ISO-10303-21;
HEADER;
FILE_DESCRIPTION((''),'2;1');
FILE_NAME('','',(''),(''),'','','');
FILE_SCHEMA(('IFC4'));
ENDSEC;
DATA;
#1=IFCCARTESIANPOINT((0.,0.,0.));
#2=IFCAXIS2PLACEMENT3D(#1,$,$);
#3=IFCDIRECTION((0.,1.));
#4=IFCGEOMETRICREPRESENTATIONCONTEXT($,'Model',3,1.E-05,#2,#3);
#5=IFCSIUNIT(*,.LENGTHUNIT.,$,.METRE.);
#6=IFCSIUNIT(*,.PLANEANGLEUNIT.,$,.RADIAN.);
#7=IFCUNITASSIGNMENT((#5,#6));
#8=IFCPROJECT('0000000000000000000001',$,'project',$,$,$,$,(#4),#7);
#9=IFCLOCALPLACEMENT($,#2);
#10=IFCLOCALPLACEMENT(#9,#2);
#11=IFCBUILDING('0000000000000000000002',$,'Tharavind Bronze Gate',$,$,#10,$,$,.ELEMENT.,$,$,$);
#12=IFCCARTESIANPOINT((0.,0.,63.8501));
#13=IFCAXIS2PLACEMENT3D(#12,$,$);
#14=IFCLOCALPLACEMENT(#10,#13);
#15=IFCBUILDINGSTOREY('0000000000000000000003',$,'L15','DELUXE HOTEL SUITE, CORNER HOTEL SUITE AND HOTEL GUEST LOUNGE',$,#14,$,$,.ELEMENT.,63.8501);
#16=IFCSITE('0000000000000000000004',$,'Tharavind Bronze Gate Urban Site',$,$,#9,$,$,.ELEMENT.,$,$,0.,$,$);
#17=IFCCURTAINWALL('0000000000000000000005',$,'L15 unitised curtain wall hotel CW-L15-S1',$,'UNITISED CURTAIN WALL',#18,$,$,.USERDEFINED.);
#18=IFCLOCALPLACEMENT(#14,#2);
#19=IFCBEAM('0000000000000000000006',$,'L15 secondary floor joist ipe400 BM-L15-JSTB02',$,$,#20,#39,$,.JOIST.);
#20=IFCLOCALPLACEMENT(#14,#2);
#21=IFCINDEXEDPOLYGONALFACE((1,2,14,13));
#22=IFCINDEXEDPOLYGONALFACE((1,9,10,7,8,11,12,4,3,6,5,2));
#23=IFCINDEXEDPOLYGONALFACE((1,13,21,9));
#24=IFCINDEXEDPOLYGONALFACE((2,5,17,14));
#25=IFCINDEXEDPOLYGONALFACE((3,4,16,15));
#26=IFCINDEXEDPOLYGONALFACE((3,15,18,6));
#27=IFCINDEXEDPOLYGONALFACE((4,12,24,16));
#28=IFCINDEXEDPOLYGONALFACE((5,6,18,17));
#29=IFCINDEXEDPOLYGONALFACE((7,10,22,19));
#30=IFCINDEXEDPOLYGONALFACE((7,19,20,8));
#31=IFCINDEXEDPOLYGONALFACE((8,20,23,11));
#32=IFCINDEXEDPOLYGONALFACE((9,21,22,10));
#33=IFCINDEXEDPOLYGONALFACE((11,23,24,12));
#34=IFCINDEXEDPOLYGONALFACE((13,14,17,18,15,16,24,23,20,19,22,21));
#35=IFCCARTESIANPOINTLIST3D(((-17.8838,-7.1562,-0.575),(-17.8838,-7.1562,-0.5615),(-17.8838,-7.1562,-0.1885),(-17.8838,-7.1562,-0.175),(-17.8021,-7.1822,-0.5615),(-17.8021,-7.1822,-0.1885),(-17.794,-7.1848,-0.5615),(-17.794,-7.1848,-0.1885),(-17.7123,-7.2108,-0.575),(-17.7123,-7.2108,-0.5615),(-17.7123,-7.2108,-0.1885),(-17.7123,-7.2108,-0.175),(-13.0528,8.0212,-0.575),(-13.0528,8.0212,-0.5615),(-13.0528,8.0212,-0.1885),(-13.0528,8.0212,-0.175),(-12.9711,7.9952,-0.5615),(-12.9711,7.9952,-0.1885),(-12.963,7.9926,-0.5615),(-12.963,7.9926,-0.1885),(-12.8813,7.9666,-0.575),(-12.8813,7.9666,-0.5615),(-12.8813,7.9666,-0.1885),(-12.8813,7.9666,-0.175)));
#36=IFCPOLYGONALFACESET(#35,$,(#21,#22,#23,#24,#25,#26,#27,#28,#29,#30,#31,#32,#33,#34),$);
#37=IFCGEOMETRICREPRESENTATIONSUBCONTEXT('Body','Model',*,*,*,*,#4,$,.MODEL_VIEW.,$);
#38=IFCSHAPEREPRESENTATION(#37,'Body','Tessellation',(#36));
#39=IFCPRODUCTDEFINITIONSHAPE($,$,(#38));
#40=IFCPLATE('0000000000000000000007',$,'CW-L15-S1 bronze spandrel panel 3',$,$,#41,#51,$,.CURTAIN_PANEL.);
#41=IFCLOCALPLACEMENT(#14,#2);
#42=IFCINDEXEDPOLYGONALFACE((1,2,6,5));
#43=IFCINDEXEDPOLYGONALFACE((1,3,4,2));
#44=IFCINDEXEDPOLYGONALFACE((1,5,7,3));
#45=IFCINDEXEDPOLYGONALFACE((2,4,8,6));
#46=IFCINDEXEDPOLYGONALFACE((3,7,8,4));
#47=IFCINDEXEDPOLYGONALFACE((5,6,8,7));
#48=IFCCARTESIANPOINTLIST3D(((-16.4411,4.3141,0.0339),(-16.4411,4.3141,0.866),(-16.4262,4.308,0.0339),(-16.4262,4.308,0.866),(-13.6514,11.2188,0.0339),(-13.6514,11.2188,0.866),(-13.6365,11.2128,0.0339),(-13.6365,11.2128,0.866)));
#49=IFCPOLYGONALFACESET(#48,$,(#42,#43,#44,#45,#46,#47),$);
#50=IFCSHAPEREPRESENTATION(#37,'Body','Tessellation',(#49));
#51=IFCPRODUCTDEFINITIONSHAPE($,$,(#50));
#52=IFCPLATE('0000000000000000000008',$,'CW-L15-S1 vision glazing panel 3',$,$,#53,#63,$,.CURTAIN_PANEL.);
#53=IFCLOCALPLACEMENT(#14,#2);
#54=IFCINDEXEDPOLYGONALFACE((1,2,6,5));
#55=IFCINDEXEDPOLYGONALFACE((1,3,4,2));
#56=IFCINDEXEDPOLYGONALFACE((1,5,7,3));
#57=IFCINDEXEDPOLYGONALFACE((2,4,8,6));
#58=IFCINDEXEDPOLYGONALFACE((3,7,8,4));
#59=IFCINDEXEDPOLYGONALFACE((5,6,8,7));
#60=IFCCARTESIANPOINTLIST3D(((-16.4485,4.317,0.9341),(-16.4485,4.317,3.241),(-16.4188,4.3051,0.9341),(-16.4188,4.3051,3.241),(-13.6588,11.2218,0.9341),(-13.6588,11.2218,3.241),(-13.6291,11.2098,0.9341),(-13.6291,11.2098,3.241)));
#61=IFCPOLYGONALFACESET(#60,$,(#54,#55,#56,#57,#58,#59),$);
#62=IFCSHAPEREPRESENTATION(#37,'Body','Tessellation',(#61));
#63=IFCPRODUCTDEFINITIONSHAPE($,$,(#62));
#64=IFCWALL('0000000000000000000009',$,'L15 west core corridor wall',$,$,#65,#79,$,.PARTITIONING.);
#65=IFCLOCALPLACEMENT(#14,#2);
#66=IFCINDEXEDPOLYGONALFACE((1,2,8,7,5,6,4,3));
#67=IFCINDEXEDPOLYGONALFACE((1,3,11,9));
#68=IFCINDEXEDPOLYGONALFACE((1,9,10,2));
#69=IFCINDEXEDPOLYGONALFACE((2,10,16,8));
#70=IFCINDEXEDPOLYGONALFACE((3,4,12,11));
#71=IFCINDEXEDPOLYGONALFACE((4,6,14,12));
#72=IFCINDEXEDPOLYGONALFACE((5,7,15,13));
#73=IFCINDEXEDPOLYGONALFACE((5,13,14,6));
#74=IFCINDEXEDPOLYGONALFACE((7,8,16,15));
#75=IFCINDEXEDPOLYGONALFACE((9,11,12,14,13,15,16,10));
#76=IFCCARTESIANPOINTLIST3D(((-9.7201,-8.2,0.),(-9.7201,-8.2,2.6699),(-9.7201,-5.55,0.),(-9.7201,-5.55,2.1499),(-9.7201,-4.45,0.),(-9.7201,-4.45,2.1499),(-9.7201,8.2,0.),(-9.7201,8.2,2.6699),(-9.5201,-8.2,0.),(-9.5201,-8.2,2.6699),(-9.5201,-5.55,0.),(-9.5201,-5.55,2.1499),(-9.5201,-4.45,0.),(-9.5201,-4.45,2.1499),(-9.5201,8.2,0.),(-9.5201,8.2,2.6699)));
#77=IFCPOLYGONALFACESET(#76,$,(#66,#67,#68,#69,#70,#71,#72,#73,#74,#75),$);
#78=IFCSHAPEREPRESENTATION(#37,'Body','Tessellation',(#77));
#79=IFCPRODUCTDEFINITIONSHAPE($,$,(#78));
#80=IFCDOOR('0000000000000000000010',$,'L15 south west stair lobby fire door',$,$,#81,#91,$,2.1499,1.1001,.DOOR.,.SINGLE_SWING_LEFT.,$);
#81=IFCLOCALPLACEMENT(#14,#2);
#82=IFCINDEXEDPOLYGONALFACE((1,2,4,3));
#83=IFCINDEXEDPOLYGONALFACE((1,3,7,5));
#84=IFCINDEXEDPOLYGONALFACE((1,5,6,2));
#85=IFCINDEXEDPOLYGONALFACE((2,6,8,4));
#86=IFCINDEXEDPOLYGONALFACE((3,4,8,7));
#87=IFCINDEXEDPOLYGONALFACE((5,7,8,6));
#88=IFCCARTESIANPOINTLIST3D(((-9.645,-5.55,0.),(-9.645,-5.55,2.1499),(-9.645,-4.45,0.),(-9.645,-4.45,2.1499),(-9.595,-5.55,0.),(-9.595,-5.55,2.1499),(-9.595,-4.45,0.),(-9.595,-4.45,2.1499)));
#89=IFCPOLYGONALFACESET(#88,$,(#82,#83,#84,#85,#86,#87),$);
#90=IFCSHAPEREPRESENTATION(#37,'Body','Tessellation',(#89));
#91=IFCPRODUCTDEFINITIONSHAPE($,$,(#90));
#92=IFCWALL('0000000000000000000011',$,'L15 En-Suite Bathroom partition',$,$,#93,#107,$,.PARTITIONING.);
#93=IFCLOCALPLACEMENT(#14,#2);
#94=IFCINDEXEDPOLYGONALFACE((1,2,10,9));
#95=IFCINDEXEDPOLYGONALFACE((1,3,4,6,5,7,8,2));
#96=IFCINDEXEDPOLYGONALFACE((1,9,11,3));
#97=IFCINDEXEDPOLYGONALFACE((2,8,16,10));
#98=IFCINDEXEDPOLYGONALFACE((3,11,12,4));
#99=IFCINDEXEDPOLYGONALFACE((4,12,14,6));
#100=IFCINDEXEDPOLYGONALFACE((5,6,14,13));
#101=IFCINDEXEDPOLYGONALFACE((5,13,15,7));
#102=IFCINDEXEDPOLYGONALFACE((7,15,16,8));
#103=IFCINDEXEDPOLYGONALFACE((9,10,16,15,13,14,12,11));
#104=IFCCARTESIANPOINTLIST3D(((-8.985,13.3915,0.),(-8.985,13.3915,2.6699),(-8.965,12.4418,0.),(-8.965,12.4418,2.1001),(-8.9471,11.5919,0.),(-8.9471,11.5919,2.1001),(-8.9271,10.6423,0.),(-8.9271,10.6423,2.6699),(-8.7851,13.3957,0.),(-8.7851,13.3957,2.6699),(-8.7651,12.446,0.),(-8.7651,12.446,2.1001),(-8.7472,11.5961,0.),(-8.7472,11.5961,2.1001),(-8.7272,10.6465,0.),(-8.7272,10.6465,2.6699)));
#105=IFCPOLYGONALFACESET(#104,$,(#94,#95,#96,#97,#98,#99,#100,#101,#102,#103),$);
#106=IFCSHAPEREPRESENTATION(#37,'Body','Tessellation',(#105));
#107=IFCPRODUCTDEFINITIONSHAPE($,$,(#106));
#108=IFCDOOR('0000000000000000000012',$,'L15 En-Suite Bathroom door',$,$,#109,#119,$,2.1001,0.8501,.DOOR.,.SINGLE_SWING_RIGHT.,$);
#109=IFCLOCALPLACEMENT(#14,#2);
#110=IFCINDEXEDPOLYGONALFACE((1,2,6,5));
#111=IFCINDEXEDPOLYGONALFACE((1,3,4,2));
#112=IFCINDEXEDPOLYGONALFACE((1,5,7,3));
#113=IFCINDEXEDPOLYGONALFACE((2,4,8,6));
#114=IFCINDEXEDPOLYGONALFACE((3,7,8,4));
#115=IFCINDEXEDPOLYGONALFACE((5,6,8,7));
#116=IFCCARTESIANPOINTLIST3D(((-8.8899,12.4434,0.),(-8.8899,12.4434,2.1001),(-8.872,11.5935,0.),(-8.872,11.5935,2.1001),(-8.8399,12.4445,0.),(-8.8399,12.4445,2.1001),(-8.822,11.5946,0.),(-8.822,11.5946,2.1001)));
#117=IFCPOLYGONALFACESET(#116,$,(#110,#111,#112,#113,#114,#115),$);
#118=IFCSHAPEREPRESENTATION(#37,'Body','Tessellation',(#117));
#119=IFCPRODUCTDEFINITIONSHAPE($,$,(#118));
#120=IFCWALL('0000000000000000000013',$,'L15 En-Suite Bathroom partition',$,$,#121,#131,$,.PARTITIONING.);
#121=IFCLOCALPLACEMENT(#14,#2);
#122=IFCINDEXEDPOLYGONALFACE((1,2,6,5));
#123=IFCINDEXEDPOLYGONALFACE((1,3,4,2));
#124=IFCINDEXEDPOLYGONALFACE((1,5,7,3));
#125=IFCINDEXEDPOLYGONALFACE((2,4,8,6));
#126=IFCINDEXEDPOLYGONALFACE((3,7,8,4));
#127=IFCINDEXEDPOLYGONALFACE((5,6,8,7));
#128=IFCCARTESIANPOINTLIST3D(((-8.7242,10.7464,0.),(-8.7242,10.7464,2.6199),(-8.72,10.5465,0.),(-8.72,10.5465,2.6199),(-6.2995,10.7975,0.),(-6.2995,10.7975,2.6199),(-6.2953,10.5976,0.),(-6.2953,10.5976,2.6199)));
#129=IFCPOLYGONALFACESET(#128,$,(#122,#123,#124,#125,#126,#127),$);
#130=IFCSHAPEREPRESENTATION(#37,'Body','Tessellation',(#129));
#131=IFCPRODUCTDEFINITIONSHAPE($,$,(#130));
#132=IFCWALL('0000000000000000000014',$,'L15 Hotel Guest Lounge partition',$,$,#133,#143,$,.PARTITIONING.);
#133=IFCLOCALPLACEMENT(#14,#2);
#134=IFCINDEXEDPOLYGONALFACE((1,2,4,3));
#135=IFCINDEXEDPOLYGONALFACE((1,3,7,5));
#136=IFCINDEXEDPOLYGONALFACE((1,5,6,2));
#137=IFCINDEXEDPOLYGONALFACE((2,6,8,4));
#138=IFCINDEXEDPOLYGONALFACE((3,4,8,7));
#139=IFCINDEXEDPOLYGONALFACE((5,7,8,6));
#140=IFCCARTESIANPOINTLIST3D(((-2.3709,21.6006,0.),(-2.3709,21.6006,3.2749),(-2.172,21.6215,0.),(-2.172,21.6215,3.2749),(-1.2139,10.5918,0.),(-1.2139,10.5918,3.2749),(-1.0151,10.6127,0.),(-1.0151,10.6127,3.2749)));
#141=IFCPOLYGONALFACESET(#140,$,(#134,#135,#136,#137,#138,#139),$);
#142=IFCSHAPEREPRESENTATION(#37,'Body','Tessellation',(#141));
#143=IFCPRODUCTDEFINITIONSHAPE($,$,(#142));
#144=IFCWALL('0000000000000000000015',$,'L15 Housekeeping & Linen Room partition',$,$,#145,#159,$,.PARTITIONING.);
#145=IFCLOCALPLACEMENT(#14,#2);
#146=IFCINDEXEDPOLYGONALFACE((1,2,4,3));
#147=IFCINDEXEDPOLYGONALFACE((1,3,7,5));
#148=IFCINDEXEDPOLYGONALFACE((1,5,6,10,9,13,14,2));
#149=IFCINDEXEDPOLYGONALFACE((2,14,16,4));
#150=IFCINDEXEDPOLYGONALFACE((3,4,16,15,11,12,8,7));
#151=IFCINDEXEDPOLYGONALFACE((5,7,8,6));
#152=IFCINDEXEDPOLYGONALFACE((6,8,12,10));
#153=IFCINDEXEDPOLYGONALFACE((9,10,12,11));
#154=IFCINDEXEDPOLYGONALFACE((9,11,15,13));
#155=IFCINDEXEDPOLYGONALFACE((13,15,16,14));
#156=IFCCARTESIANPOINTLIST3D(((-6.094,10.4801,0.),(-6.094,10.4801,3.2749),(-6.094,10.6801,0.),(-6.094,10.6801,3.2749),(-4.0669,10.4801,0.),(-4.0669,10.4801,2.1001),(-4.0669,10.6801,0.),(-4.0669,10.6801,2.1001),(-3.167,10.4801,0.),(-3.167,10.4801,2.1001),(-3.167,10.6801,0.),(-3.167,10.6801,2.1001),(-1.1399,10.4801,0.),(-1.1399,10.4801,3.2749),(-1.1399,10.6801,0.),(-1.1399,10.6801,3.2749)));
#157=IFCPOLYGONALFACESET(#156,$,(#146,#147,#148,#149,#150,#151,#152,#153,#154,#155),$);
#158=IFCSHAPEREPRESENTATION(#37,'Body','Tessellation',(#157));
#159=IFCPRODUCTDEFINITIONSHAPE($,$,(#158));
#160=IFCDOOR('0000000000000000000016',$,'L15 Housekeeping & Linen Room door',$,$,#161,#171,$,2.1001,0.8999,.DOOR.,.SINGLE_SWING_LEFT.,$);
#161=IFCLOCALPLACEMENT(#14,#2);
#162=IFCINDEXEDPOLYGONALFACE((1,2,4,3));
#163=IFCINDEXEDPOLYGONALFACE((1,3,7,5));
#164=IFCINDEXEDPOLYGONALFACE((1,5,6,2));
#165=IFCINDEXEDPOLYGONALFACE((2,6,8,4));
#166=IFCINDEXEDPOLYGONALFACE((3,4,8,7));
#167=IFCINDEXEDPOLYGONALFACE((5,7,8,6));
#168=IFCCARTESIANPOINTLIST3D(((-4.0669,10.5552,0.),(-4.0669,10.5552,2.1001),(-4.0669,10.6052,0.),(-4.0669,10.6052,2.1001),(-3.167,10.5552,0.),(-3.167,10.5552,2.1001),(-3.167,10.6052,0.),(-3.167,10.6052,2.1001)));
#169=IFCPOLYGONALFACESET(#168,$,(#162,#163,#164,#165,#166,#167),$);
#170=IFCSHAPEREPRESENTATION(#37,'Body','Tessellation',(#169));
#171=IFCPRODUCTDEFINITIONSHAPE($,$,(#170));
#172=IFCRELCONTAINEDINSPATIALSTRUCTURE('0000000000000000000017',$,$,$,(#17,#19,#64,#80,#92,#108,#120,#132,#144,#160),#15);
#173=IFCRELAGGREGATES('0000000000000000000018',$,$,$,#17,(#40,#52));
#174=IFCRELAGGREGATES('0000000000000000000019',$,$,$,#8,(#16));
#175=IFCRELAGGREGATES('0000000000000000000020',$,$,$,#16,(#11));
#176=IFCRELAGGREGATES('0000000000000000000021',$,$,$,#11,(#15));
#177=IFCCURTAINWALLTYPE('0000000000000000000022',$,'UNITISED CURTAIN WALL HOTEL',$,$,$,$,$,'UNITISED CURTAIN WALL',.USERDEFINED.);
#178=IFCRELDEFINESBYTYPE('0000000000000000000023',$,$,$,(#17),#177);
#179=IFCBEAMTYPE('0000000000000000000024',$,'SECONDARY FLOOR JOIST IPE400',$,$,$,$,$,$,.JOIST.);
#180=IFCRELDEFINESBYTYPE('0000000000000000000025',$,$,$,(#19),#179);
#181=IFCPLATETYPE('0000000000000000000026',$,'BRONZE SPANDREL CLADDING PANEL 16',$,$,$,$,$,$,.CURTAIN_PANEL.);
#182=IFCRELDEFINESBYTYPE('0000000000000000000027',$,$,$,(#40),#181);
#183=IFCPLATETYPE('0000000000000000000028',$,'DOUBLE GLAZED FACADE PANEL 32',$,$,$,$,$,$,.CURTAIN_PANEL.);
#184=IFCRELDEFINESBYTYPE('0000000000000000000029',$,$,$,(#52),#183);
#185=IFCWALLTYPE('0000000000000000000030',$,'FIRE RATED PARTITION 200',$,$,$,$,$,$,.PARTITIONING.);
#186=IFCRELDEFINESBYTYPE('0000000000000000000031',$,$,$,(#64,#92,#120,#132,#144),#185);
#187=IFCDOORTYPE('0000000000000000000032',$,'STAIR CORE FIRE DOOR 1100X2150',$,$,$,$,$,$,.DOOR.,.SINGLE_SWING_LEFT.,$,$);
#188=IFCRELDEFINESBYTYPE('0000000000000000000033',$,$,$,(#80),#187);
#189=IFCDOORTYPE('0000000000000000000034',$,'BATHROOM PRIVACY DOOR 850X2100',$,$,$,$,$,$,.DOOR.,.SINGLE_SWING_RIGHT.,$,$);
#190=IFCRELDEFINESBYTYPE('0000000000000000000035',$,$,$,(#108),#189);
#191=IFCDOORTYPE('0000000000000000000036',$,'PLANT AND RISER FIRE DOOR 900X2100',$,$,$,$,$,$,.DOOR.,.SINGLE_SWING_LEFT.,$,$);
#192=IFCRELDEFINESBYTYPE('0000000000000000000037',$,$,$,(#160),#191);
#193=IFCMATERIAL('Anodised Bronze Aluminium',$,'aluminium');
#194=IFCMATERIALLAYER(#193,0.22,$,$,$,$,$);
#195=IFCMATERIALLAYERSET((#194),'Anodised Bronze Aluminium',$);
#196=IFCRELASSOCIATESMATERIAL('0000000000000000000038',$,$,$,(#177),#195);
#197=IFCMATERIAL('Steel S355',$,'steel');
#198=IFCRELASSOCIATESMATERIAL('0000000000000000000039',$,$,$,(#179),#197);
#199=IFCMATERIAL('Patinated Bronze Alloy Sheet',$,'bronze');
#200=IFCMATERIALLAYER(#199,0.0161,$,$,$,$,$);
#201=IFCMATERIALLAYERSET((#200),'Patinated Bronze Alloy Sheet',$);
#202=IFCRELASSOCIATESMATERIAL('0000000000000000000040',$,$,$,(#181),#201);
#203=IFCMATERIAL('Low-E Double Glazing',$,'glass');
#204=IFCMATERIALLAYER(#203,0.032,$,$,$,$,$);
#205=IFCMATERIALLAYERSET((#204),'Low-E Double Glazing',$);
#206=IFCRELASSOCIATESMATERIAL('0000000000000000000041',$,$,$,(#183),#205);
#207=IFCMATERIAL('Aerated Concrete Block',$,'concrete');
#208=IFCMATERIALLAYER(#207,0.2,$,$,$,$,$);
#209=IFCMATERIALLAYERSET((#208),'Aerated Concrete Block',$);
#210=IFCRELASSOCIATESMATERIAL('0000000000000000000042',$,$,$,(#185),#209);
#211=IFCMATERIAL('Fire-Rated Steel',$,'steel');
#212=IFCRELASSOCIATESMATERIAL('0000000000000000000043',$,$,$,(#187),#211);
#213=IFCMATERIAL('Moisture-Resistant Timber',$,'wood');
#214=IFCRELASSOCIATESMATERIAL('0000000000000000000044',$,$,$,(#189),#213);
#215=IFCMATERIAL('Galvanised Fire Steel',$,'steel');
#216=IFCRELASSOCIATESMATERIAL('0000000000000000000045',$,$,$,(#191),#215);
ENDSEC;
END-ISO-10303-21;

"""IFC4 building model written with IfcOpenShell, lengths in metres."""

from ifc_helpers import new_model, si_unit, direction, frame, frame_2d, origin, origin_2d, place, context, subcontext, project, spatial, rectangle, i_section, extrude, material, layer, layer_set, material_profile, profile_set, type_object, element, fill, aggregate, save


model = new_model("IFC4")

# Units and contexts
model_context = context("Model", 3, precision=1e-05, world=origin(), true_north=direction((0.0, 1.0)))
body_context = subcontext(model_context, "Body", "Model", "MODEL_VIEW")
ifc_project = project(units=[si_unit("LENGTHUNIT", "METRE"), si_unit("PLANEANGLEUNIT", "RADIAN")], contexts=[model_context])

# Site, building, storey
site_placement = place(None, origin())
site = spatial("IfcSite", under=ifc_project, at=site_placement, Name="Tharavind Bronze Gate Urban Site", CompositionType="ELEMENT", RefElevation=0.0)
building_placement = place(site_placement, origin())
building = spatial("IfcBuilding", under=site, at=building_placement, Name="Tharavind Bronze Gate", CompositionType="ELEMENT")
storey_placement = place(building_placement, frame((0.0, 0.0, 63.8501)))
storey = spatial("IfcBuildingStorey", under=building, at=storey_placement, Name="L15", Description="DELUXE HOTEL SUITE, CORNER HOTEL SUITE AND HOTEL GUEST LOUNGE", CompositionType="ELEMENT", Elevation=63.8501)

# Curtain wall
ifc_material_1 = material(Name="Anodised Bronze Aluminium", Category="aluminium")
ifc_layer_1 = layer(ifc_material_1, 0.22)
ifc_layer_set_1 = layer_set([ifc_layer_1], Name="Anodised Bronze Aluminium")
curtain_wall_type = type_object("IfcCurtainWallType", Name="UNITISED CURTAIN WALL HOTEL", ElementType="UNITISED CURTAIN WALL", PredefinedType="USERDEFINED", material=ifc_layer_set_1)
curtain_wall_placement = place(storey_placement, origin())
curtain_wall = element("IfcCurtainWall", 1, at=curtain_wall_placement, inside=storey, type_object=curtain_wall_type, Name="L15 unitised curtain wall hotel CW-L15-S1", ObjectType="UNITISED CURTAIN WALL", PredefinedType="USERDEFINED")

# Beam
ifc_material_2 = material(Name="Steel S355", Category="steel")
ifc_material_profile_1 = material_profile(ifc_material_2, i_section(OverallWidth=0.1799, OverallDepth=0.3999, WebThickness=0.0085, FlangeThickness=0.0134, at=origin_2d()), Name="IPE400")
ifc_profile_set_1 = profile_set([ifc_material_profile_1], Name="Steel S355")
beam_type_1 = type_object("IfcBeamType", Name="SECONDARY FLOOR JOIST IPE400", PredefinedType="JOIST", material=ifc_profile_set_1)
beam_1_placement = place(storey_placement, frame((-12.967, 7.9939, -0.375), z_axis=(-0.303309, -0.952892, 0.0), x_axis=(0.952892, -0.303309, 0.0)))
element("IfcBeam", 2, at=beam_1_placement, inside=storey, type_object=beam_type_1, Name="L15 secondary floor joist ipe400 BM-L15-JSTB02", PredefinedType="JOIST", context=body_context, shape_type="SweptSolid", body=[
    extrude(i_section(OverallWidth=0.1799, OverallDepth=0.3999, WebThickness=0.0085, FlangeThickness=0.0134, at=origin_2d()), origin(), (0.0, 0.0, 1.0), 15.9277),
])

# Plates
ifc_material_3 = material(Name="Patinated Bronze Alloy Sheet", Category="bronze")
ifc_layer_2 = layer(ifc_material_3, 0.0161)
ifc_layer_set_2 = layer_set([ifc_layer_2], Name="Patinated Bronze Alloy Sheet")
plate_type_1 = type_object("IfcPlateType", Name="BRONZE SPANDREL CLADDING PANEL 16", PredefinedType="CURTAIN_PANEL", material=ifc_layer_set_2)
plate_1_placement = place(storey_placement, frame((-15.0388, 7.7634, 0.0339), z_axis=(0.0, 0.0, 1.0), x_axis=(-0.374607, -0.927184, 0.0)))
plate_1 = element("IfcPlate", 3, at=plate_1_placement, type_object=plate_type_1, Name="CW-L15-S1 bronze spandrel panel 3", PredefinedType="CURTAIN_PANEL", context=body_context, shape_type="SweptSolid", body=[
    extrude(rectangle(XDim=7.447, YDim=0.0161, at=origin_2d()), origin(), (0.0, 0.0, 1.0), 0.832),
])
ifc_material_4 = material(Name="Low-E Double Glazing", Category="glass")
ifc_layer_3 = layer(ifc_material_4, 0.032)
ifc_layer_set_3 = layer_set([ifc_layer_3], Name="Low-E Double Glazing")
plate_type_2 = type_object("IfcPlateType", Name="DOUBLE GLAZED FACADE PANEL 32", PredefinedType="CURTAIN_PANEL", material=ifc_layer_set_3)
plate_2_placement = place(storey_placement, frame((-15.0388, 7.7634, 0.9341), z_axis=(0.0, 0.0, 1.0), x_axis=(-0.374607, -0.927184, 0.0)))
plate_2 = element("IfcPlate", 4, at=plate_2_placement, type_object=plate_type_2, Name="CW-L15-S1 vision glazing panel 3", PredefinedType="CURTAIN_PANEL", context=body_context, shape_type="SweptSolid", body=[
    extrude(rectangle(XDim=7.447, YDim=0.032, at=origin_2d()), origin(), (0.0, 0.0, 1.0), 2.3069),
])
aggregate(curtain_wall, [plate_1, plate_2])

# Walls, openings, doors
ifc_material_5 = material(Name="Aerated Concrete Block", Category="concrete")
ifc_layer_4 = layer(ifc_material_5, 0.2)
ifc_layer_set_4 = layer_set([ifc_layer_4], Name="Aerated Concrete Block")
wall_type_1 = type_object("IfcWallType", Name="FIRE RATED PARTITION 200", PredefinedType="PARTITIONING", material=ifc_layer_set_4)
wall_1_placement = place(storey_placement, frame((-9.6201, 8.2, 0.0), z_axis=(0.0, 0.0, 1.0), x_axis=(0.0, -1.0, 0.0)))
wall_1 = element("IfcWall", 5, at=wall_1_placement, inside=storey, type_object=wall_type_1, Name="L15 west core corridor wall", PredefinedType="PARTITIONING", context=body_context, shape_type="SweptSolid", body=[
    extrude(rectangle(XDim=16.3999, YDim=0.2, at=frame_2d((8.2, 0.0))), origin(), (0.0, 0.0, 1.0), 2.6699),
])
opening_1_placement = place(wall_1_placement, frame((12.6499, 0.0, 0.0)))
opening_1 = element("IfcOpeningElement", 6, at=opening_1_placement, cuts=wall_1, PredefinedType="OPENING", context=body_context, shape_type="SweptSolid", body=[
    extrude(rectangle(XDim=1.1001, YDim=2.1499, at=frame_2d((0.55, 1.075))), frame((0.0, 0.1101, 0.0), z_axis=(0.0, -1.0, 0.0), x_axis=(1.0, 0.0, 0.0)), (0.0, 0.0, 1.0), 0.22),
])
ifc_material_6 = material(Name="Fire-Rated Steel", Category="steel")
door_type_1 = type_object("IfcDoorType", Name="STAIR CORE FIRE DOOR 1100X2150", OperationType="SINGLE_SWING_LEFT", PredefinedType="DOOR", material=ifc_material_6)
door_1_placement = place(opening_1_placement, frame((1.1001, 0.0, 0.0), z_axis=(0.0, 0.0, 1.0), x_axis=(-1.0, 0.0, 0.0)))
door_1 = element("IfcDoor", 7, at=door_1_placement, inside=storey, type_object=door_type_1, Name="L15 south west stair lobby fire door", OperationType="SINGLE_SWING_LEFT", OverallHeight=2.1499, OverallWidth=1.1001, PredefinedType="DOOR", context=body_context, shape_type="SweptSolid", body=[
    extrude(rectangle(XDim=1.1001, YDim=2.1499, at=frame_2d((0.55, 1.075))), frame((0.0, 0.0249, 0.0), z_axis=(0.0, -1.0, 0.0), x_axis=(1.0, 0.0, 0.0)), (0.0, 0.0, 1.0), 0.05),
])
fill(opening_1, door_1)
wall_2_placement = place(storey_placement, frame((-8.8271, 10.6443, 0.0), z_axis=(0.0, 0.0, 1.0), x_axis=(-0.021041, 0.999779, 0.0)))
wall_2 = element("IfcWall", 8, at=wall_2_placement, inside=storey, type_object=wall_type_1, Name="L15 En-Suite Bathroom partition", PredefinedType="PARTITIONING", context=body_context, shape_type="SweptSolid", body=[
    extrude(rectangle(XDim=2.7498, YDim=0.2, at=frame_2d((1.375, 0.0))), origin(), (0.0, 0.0, 1.0), 2.6699),
])
opening_2_placement = place(wall_2_placement, frame((0.95, 0.0, 0.0)))
opening_2 = element("IfcOpeningElement", 9, at=opening_2_placement, cuts=wall_2, PredefinedType="OPENING", context=body_context, shape_type="SweptSolid", body=[
    extrude(rectangle(XDim=0.8501, YDim=2.1001, at=frame_2d((0.425, 1.05))), frame((0.0, 0.1101, 0.0), z_axis=(0.0, -1.0, 0.0), x_axis=(1.0, 0.0, 0.0)), (0.0, 0.0, 1.0), 0.22),
])
ifc_material_7 = material(Name="Moisture-Resistant Timber", Category="wood")
door_type_2 = type_object("IfcDoorType", Name="BATHROOM PRIVACY DOOR 850X2100", OperationType="SINGLE_SWING_RIGHT", PredefinedType="DOOR", material=ifc_material_7)
door_2_placement = place(opening_2_placement, origin())
door_2 = element("IfcDoor", 10, at=door_2_placement, inside=storey, type_object=door_type_2, Name="L15 En-Suite Bathroom door", OperationType="SINGLE_SWING_RIGHT", OverallHeight=2.1001, OverallWidth=0.8501, PredefinedType="DOOR", context=body_context, shape_type="SweptSolid", body=[
    extrude(rectangle(XDim=0.8501, YDim=2.1001, at=frame_2d((0.425, 1.05))), frame((0.0, 0.0249, 0.0), z_axis=(0.0, -1.0, 0.0), x_axis=(1.0, 0.0, 0.0)), (0.0, 0.0, 1.0), 0.05),
])
fill(opening_2, door_2)

# Walls
wall_3_placement = place(storey_placement, frame((-6.2974, 10.6975, 0.0), z_axis=(0.0, 0.0, 1.0), x_axis=(-0.999779, -0.021038, 0.0)))
element("IfcWall", 11, at=wall_3_placement, inside=storey, type_object=wall_type_1, Name="L15 En-Suite Bathroom partition", PredefinedType="PARTITIONING", context=body_context, shape_type="SweptSolid", body=[
    extrude(rectangle(XDim=2.4253, YDim=0.2, at=frame_2d((1.2126, 0.0))), origin(), (0.0, 0.0, 1.0), 2.6199),
])
wall_4_placement = place(storey_placement, frame((-1.1145, 10.6023, 0.0), z_axis=(0.0, 0.0, 1.0), x_axis=(-0.104521, 0.994523, 0.0)))
element("IfcWall", 12, at=wall_4_placement, inside=storey, type_object=wall_type_1, Name="L15 Hotel Guest Lounge partition", PredefinedType="PARTITIONING", context=body_context, shape_type="SweptSolid", body=[
    extrude(rectangle(XDim=11.0693, YDim=0.2, at=frame_2d((5.5347, 0.0))), origin(), (0.0, 0.0, 1.0), 3.2749),
])

# Wall, opening, door
wall_5_placement = place(storey_placement, frame((-1.1399, 10.5801, 0.0), z_axis=(0.0, 0.0, 1.0), x_axis=(-1.0, 0.0, 0.0)))
wall_5 = element("IfcWall", 13, at=wall_5_placement, inside=storey, type_object=wall_type_1, Name="L15 Housekeeping & Linen Room partition", PredefinedType="PARTITIONING", context=body_context, shape_type="SweptSolid", body=[
    extrude(rectangle(XDim=4.9541, YDim=0.2, at=frame_2d((2.4771, 0.0))), origin(), (0.0, 0.0, 1.0), 3.2749),
])
opening_3_placement = place(wall_5_placement, frame((2.0271, 0.0, 0.0)))
opening_3 = element("IfcOpeningElement", 14, at=opening_3_placement, cuts=wall_5, PredefinedType="OPENING", context=body_context, shape_type="SweptSolid", body=[
    extrude(rectangle(XDim=0.8999, YDim=2.1001, at=frame_2d((0.45, 1.05))), frame((0.0, 0.1101, 0.0), z_axis=(0.0, -1.0, 0.0), x_axis=(1.0, 0.0, 0.0)), (0.0, 0.0, 1.0), 0.22),
])
ifc_material_8 = material(Name="Galvanised Fire Steel", Category="steel")
door_type_3 = type_object("IfcDoorType", Name="PLANT AND RISER FIRE DOOR 900X2100", OperationType="SINGLE_SWING_LEFT", PredefinedType="DOOR", material=ifc_material_8)
door_3_placement = place(opening_3_placement, origin())
door_3 = element("IfcDoor", 15, at=door_3_placement, inside=storey, type_object=door_type_3, Name="L15 Housekeeping & Linen Room door", OperationType="SINGLE_SWING_LEFT", OverallHeight=2.1001, OverallWidth=0.8999, PredefinedType="DOOR", context=body_context, shape_type="SweptSolid", body=[
    extrude(rectangle(XDim=0.8999, YDim=2.1001, at=frame_2d((0.45, 1.05))), frame((0.0, 0.0249, 0.0), z_axis=(0.0, -1.0, 0.0), x_axis=(1.0, 0.0, 0.0)), (0.0, 0.0, 1.0), 0.05),
])
fill(opening_3, door_3)

save(model, "model.ifc")
